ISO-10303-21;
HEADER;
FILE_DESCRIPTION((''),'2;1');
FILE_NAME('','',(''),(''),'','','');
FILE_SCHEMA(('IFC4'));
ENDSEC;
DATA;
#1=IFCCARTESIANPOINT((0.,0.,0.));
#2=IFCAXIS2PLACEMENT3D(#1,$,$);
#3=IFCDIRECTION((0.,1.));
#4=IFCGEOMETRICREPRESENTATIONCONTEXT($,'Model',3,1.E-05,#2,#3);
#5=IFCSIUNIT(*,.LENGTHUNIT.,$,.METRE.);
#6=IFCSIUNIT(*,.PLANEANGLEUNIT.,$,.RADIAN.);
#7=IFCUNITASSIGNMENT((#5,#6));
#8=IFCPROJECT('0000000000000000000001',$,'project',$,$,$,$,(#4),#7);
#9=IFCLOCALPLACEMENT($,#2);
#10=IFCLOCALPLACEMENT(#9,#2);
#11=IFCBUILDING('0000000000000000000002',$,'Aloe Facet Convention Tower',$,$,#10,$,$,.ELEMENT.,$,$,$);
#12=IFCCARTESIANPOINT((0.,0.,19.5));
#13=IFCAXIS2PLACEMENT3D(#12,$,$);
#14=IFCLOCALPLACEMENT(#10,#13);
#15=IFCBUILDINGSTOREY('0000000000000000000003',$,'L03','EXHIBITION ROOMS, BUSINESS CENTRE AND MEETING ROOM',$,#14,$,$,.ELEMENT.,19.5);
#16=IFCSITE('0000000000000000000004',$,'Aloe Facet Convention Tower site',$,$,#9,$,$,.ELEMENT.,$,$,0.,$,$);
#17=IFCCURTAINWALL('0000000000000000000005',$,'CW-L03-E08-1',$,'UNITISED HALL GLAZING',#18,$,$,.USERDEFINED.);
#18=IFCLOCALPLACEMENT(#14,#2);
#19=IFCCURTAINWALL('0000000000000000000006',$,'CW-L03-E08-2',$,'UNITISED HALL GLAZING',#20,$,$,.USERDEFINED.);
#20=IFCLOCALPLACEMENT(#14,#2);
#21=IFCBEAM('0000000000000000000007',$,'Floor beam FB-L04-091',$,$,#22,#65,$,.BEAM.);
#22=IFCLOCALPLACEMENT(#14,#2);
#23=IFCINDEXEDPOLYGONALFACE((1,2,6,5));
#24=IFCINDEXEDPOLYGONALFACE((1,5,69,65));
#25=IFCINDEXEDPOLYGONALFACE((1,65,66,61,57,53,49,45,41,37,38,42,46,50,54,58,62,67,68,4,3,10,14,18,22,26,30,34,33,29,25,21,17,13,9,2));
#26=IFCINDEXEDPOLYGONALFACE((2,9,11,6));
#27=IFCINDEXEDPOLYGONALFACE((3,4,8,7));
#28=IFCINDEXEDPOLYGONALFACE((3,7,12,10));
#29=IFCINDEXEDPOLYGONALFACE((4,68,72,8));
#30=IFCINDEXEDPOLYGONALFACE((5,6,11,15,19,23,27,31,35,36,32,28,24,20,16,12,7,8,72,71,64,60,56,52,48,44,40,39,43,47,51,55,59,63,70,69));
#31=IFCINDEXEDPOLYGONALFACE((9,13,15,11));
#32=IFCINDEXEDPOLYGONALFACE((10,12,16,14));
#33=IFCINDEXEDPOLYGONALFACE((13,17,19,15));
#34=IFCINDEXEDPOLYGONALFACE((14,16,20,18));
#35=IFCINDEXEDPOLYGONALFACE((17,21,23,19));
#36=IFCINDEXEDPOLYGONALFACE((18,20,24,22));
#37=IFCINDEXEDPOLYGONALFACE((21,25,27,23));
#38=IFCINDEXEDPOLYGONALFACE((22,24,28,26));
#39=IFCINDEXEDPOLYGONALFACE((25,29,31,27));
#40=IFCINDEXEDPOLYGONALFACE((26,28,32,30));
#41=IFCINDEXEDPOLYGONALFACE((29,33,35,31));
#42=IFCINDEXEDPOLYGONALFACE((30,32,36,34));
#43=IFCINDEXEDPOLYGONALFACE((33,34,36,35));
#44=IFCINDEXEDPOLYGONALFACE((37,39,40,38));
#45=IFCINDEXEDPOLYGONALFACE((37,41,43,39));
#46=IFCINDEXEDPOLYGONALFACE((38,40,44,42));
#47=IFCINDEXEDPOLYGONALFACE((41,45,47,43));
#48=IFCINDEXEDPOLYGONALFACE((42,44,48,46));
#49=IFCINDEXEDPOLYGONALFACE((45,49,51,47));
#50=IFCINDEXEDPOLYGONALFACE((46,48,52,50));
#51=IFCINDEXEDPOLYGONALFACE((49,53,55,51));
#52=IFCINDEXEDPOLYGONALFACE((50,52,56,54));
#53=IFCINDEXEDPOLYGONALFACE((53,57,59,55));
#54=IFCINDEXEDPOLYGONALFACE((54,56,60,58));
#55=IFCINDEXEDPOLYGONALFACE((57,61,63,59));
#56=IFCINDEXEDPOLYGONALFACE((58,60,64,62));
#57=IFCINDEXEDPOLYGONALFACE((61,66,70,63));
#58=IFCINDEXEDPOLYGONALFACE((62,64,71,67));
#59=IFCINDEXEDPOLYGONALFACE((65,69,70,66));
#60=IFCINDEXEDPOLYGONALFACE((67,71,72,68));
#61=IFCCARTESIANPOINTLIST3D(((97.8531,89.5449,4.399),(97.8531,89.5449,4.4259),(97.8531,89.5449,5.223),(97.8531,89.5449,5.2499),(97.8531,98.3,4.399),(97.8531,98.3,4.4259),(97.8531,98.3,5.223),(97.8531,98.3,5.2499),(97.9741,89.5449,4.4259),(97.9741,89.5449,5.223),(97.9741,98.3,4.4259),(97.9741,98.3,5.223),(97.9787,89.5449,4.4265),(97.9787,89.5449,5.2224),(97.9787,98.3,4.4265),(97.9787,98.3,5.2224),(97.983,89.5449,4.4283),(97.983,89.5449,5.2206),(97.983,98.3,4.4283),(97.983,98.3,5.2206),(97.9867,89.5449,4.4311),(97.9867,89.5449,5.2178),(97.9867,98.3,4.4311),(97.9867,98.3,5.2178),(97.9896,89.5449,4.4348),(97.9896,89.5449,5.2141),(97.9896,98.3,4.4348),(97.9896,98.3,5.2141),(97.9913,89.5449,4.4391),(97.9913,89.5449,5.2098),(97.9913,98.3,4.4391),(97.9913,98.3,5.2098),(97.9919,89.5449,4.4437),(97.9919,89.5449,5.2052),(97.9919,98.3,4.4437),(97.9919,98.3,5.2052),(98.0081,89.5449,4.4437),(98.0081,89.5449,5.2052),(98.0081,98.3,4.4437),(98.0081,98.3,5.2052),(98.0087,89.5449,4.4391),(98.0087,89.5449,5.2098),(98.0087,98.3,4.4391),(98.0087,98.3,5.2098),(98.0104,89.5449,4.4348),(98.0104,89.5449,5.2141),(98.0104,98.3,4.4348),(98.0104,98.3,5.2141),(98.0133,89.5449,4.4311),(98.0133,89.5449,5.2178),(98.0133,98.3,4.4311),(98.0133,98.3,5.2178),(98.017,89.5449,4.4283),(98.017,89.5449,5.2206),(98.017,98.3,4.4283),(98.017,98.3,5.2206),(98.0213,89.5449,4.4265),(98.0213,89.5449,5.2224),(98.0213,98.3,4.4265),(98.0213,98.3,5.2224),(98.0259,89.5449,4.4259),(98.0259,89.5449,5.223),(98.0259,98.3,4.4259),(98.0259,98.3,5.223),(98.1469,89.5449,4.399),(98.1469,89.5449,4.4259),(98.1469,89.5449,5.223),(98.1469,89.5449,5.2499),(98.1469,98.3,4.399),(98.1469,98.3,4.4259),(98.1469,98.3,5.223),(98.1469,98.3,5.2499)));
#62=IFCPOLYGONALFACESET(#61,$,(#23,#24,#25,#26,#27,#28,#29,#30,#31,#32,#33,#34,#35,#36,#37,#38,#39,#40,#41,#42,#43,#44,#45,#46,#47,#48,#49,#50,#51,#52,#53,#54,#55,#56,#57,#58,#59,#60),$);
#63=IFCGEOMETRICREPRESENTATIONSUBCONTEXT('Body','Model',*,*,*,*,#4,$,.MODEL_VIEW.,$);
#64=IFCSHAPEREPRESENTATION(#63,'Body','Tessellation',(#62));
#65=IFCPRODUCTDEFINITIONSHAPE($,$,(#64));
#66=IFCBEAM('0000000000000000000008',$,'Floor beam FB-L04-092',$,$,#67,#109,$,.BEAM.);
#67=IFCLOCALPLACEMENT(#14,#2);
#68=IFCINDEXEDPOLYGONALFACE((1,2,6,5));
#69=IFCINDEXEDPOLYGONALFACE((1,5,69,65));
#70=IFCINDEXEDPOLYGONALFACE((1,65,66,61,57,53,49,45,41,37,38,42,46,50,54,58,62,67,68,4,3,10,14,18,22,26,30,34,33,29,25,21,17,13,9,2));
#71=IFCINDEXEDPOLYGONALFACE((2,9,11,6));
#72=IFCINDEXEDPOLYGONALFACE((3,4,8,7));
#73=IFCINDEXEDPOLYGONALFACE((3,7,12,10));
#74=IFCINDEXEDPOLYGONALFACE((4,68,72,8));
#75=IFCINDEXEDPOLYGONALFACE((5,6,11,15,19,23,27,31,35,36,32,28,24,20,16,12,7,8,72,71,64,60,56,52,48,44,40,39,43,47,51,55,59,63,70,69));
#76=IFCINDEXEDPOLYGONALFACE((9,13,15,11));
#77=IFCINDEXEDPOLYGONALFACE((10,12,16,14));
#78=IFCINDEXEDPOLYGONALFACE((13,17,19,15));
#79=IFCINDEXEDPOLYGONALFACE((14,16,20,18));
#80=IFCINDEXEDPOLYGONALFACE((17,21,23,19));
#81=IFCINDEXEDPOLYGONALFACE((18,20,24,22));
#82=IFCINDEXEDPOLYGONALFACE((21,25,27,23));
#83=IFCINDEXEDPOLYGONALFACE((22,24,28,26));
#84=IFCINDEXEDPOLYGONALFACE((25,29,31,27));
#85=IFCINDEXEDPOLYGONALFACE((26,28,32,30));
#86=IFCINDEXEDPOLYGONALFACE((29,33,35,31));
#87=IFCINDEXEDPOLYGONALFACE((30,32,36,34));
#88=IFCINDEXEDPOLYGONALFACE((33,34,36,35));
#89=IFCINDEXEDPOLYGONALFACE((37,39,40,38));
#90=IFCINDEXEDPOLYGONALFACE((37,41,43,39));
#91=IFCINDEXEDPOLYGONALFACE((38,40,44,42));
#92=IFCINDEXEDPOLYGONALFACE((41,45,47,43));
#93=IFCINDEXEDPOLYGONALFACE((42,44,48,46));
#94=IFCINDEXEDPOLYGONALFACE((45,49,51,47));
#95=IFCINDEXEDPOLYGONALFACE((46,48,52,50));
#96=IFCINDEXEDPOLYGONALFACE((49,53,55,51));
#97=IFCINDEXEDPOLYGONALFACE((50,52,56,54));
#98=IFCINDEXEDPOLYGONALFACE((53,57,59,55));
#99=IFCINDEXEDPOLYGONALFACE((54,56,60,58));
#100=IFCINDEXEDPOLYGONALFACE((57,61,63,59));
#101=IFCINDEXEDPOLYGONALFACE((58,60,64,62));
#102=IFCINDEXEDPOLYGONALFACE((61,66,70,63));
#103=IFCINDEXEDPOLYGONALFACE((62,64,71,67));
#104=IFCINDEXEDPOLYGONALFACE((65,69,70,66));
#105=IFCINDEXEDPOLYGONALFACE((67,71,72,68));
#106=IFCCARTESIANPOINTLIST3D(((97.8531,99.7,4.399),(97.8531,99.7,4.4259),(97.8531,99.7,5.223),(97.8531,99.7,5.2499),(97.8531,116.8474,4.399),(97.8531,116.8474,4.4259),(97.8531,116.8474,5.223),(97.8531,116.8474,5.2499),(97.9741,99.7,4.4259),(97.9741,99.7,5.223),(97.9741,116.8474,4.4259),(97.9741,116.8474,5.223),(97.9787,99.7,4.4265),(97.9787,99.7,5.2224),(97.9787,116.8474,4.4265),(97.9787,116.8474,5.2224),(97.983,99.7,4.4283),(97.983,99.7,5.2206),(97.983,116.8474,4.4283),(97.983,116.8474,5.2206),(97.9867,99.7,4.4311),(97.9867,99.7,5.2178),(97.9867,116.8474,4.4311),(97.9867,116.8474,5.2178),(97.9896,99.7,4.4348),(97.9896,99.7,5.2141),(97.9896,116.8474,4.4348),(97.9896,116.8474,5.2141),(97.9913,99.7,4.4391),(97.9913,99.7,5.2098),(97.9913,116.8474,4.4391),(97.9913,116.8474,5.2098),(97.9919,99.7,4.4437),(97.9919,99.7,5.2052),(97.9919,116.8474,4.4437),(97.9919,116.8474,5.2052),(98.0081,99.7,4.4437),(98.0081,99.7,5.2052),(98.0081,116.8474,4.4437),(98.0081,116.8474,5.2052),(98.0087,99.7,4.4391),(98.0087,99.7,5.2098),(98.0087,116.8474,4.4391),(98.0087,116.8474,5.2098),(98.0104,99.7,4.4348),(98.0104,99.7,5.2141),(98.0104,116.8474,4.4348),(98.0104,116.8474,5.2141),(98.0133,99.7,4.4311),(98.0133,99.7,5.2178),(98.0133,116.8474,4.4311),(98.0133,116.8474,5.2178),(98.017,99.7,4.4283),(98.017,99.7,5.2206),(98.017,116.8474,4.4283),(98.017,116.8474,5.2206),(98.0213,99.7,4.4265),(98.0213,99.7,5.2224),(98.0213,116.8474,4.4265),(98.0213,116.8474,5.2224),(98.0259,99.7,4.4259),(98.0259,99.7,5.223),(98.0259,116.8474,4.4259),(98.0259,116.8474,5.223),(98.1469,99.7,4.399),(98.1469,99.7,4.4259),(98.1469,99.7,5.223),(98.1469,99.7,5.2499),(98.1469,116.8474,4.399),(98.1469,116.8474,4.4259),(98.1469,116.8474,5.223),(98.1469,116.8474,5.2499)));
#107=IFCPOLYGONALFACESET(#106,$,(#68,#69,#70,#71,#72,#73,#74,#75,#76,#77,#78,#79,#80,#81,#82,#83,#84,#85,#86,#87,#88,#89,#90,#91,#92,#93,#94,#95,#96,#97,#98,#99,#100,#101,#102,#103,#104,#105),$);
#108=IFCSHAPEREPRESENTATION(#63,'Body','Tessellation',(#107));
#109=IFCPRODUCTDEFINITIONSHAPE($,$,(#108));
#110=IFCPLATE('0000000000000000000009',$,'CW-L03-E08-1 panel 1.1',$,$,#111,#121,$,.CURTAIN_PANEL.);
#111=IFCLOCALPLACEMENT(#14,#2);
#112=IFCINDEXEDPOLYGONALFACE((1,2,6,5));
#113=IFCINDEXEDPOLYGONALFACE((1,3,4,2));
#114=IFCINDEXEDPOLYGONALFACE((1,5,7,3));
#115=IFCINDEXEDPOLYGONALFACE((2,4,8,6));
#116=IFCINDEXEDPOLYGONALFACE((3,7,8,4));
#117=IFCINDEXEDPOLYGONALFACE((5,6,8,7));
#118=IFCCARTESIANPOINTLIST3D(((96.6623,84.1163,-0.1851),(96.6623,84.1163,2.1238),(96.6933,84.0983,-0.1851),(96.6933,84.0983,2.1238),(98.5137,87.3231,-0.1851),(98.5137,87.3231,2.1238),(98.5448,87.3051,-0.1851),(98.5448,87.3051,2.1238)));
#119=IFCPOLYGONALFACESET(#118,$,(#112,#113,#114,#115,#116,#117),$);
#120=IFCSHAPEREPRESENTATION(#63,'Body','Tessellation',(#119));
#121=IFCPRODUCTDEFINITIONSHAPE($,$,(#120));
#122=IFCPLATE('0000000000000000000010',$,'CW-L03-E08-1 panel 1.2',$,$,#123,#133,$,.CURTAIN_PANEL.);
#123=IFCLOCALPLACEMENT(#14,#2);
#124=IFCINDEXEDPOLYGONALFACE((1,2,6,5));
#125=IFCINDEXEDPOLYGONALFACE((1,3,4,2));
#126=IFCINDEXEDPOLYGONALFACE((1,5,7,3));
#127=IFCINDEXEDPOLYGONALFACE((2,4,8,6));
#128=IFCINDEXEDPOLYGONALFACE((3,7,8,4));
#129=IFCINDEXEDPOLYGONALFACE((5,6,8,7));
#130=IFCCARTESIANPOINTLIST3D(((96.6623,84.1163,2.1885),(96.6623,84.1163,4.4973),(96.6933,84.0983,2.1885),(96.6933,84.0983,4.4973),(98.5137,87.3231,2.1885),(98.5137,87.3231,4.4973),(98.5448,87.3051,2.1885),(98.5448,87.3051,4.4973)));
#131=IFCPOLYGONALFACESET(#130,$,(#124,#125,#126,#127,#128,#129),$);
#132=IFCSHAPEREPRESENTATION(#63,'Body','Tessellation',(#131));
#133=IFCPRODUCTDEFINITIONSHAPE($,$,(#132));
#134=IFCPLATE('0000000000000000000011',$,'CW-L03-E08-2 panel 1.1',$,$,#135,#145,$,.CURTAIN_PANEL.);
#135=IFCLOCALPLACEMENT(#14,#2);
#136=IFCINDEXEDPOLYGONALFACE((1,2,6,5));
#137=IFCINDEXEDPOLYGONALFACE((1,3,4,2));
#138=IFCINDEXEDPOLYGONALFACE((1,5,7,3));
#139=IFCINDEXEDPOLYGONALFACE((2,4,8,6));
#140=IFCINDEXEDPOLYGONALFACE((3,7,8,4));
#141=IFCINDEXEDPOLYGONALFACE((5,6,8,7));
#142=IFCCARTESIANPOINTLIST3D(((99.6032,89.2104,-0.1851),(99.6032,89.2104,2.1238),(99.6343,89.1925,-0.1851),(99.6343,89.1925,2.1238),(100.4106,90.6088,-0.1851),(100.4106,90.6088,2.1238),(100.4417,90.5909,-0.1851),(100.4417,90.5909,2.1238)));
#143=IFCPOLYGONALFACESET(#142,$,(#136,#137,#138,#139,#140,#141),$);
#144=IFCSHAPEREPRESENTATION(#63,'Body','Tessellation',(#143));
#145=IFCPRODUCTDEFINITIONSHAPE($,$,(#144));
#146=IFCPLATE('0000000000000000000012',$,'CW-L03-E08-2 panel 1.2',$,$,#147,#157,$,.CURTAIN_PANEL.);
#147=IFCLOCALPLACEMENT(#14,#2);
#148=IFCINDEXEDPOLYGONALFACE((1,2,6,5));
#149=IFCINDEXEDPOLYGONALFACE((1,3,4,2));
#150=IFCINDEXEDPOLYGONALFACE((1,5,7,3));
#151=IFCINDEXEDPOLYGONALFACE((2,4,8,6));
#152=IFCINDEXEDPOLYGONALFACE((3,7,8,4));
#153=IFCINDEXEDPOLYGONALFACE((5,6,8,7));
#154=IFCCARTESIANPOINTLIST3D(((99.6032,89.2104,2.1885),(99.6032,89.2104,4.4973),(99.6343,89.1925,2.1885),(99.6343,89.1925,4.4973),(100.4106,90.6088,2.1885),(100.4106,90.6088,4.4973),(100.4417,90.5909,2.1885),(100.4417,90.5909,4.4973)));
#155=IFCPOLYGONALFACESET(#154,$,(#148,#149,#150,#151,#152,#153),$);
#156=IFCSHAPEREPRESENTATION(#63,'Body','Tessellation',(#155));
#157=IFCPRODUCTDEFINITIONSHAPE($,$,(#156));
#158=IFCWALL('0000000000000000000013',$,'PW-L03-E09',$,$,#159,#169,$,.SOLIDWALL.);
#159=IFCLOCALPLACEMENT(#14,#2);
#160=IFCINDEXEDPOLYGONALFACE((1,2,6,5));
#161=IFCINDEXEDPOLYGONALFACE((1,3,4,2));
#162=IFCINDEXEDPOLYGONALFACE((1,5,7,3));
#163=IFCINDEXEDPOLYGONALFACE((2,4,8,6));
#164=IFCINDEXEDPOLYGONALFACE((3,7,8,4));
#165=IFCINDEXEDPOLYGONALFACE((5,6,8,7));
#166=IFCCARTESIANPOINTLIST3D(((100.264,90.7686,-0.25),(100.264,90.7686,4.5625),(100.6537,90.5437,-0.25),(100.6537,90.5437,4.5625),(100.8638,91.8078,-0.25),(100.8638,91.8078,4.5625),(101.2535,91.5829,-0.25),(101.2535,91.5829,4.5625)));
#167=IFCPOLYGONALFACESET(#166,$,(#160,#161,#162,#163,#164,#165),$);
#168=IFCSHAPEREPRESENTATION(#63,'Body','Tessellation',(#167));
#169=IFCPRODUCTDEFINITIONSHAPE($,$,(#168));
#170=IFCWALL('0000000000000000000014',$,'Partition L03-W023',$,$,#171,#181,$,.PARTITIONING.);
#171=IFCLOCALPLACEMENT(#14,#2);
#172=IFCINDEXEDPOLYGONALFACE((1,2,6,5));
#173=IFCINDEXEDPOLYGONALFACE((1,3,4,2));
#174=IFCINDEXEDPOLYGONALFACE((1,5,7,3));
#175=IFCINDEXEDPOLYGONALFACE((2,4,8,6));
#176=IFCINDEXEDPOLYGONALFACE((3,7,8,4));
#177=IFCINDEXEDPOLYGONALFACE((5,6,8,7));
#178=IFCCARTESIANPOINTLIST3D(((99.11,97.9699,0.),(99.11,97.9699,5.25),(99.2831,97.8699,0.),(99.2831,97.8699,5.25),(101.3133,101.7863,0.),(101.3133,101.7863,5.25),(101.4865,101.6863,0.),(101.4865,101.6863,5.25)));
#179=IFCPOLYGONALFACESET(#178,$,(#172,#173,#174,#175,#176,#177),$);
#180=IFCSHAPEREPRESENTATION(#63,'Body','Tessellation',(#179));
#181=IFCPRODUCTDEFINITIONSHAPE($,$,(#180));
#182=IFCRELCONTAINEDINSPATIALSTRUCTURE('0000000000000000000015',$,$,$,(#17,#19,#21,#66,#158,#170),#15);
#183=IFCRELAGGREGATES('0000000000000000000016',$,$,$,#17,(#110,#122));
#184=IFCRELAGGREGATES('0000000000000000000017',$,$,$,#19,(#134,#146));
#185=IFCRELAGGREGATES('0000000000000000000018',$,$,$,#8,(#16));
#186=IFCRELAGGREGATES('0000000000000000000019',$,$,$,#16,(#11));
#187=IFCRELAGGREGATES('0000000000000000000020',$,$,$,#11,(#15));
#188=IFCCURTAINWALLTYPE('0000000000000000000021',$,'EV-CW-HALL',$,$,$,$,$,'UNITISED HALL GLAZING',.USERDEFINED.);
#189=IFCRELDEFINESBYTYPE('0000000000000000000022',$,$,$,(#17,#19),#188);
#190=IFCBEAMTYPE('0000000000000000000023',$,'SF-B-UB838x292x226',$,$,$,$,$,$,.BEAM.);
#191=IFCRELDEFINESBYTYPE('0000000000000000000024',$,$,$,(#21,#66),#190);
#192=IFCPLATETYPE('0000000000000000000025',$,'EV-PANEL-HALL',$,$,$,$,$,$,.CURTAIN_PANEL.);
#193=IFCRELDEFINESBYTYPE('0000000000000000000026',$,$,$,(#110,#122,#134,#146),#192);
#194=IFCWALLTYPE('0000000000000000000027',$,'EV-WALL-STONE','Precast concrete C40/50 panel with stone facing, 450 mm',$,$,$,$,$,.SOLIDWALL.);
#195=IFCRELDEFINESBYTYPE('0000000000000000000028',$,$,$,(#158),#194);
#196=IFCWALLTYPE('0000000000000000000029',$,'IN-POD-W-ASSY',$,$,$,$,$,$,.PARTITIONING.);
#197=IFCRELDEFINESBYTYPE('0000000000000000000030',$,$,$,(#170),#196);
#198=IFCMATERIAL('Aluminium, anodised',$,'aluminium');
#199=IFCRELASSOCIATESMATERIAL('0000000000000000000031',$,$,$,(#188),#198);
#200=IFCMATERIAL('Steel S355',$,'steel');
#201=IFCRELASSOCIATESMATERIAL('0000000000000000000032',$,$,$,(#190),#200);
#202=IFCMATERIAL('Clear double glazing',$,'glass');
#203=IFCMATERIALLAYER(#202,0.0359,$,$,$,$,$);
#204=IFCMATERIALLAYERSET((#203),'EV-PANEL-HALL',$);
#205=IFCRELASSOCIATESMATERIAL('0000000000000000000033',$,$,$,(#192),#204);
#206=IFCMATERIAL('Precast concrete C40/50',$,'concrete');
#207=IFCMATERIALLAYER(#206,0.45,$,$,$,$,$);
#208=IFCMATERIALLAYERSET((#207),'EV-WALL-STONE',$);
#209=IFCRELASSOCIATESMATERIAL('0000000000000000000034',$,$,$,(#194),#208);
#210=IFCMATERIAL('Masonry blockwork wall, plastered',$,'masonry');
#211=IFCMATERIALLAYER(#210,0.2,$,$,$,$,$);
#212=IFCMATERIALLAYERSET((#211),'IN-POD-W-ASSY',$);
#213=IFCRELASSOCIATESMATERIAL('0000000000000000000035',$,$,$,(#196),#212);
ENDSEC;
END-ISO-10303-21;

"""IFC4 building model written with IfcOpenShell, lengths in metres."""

from ifc_helpers import new_model, si_unit, direction, frame, frame_2d, origin, origin_2d, place, context, subcontext, project, spatial, rectangle, i_section, extrude, material, layer, layer_set, material_profile, profile_set, type_object, element, aggregate, save


model = new_model("IFC4")

# Units and contexts
model_context = context("Model", 3, precision=1e-05, world=origin(), true_north=direction((0.0, 1.0)))
body_context = subcontext(model_context, "Body", "Model", "MODEL_VIEW")
ifc_project = project(units=[si_unit("LENGTHUNIT", "METRE"), si_unit("PLANEANGLEUNIT", "RADIAN")], contexts=[model_context])

# Site, building, storey
site_placement = place(None, origin())
site = spatial("IfcSite", under=ifc_project, at=site_placement, Name="Aloe Facet Convention Tower site", CompositionType="ELEMENT", RefElevation=0.0)
building_placement = place(site_placement, origin())
building = spatial("IfcBuilding", under=site, at=building_placement, Name="Aloe Facet Convention Tower", CompositionType="ELEMENT")
storey_placement = place(building_placement, frame((0.0, 0.0, 19.5)))
storey = spatial("IfcBuildingStorey", under=building, at=storey_placement, Name="L03", Description="EXHIBITION ROOMS, BUSINESS CENTRE AND MEETING ROOM", CompositionType="ELEMENT", Elevation=19.5)

# Curtain wall
ifc_material_1 = material(Name="Aluminium, anodised", Category="aluminium")
curtain_wall_type = type_object("IfcCurtainWallType", Name="EV-CW-HALL", ElementType="UNITISED HALL GLAZING", PredefinedType="USERDEFINED", material=ifc_material_1)
curtain_wall_1_placement = place(storey_placement, origin())
curtain_wall_1 = element("IfcCurtainWall", 1, at=curtain_wall_1_placement, inside=storey, type_object=curtain_wall_type, Name="CW-L03-E08-1", ObjectType="UNITISED HALL GLAZING", PredefinedType="USERDEFINED")

# Curtain wall
curtain_wall_2_placement = place(storey_placement, origin())
curtain_wall_2 = element("IfcCurtainWall", 2, at=curtain_wall_2_placement, inside=storey, type_object=curtain_wall_type, Name="CW-L03-E08-2", ObjectType="UNITISED HALL GLAZING", PredefinedType="USERDEFINED")

# Beams
ifc_material_2 = material(Name="Steel S355", Category="steel")
ifc_material_profile_1 = material_profile(ifc_material_2, i_section(OverallWidth=0.2937, OverallDepth=0.8508, WebThickness=0.0161, FlangeThickness=0.0269, FilletRadius=0.0178, at=origin_2d()), Name="UB 838x292x226")
ifc_profile_set_1 = profile_set([ifc_material_profile_1], Name="Steel S355")
beam_type_1 = type_object("IfcBeamType", Name="SF-B-UB838x292x226", PredefinedType="BEAM", material=ifc_profile_set_1)
beam_1_placement = place(storey_placement, frame((98.0, 89.5449, 4.8245), z_axis=(0.0, 1.0, 0.0), x_axis=(-1.0, 0.0, 0.0)))
element("IfcBeam", 3, at=beam_1_placement, inside=storey, type_object=beam_type_1, Name="Floor beam FB-L04-091", PredefinedType="BEAM", context=body_context, shape_type="SweptSolid", body=[
    extrude(i_section(OverallWidth=0.2937, OverallDepth=0.8508, WebThickness=0.0161, FlangeThickness=0.0269, FilletRadius=0.0178, at=origin_2d()), origin(), (0.0, 0.0, 1.0), 8.7551),
])
beam_2_placement = place(storey_placement, frame((98.0, 99.7, 4.8245), z_axis=(0.0, 1.0, 0.0), x_axis=(-1.0, 0.0, 0.0)))
element("IfcBeam", 4, at=beam_2_placement, inside=storey, type_object=beam_type_1, Name="Floor beam FB-L04-092", PredefinedType="BEAM", context=body_context, shape_type="SweptSolid", body=[
    extrude(i_section(OverallWidth=0.2937, OverallDepth=0.8508, WebThickness=0.0161, FlangeThickness=0.0269, FilletRadius=0.0178, at=origin_2d()), origin(), (0.0, 0.0, 1.0), 17.1475),
])

# Plates
ifc_material_3 = material(Name="Clear double glazing", Category="glass")
ifc_layer_1 = layer(ifc_material_3, 0.0359)
ifc_layer_set_1 = layer_set([ifc_layer_1], Name="EV-PANEL-HALL")
plate_type = type_object("IfcPlateType", Name="EV-PANEL-HALL", PredefinedType="CURTAIN_PANEL", material=ifc_layer_set_1)
plate_1_placement = place(storey_placement, frame((97.6035, 85.7107, -0.1851), z_axis=(0.0, 0.0, 1.0), x_axis=(0.5, 0.866025, 0.0)))
plate_1 = element("IfcPlate", 5, at=plate_1_placement, type_object=plate_type, Name="CW-L03-E08-1 panel 1.1", PredefinedType="CURTAIN_PANEL", context=body_context, shape_type="SweptSolid", body=[
    extrude(rectangle(XDim=3.7029, YDim=0.0359, at=origin_2d()), origin(), (0.0, 0.0, 1.0), 2.3088),
])
plate_2_placement = place(storey_placement, frame((97.6035, 85.7107, 2.1885), z_axis=(0.0, 0.0, 1.0), x_axis=(0.5, 0.866025, 0.0)))
plate_2 = element("IfcPlate", 6, at=plate_2_placement, type_object=plate_type, Name="CW-L03-E08-1 panel 1.2", PredefinedType="CURTAIN_PANEL", context=body_context, shape_type="SweptSolid", body=[
    extrude(rectangle(XDim=3.7029, YDim=0.0359, at=origin_2d()), origin(), (0.0, 0.0, 1.0), 2.3088),
])
aggregate(curtain_wall_1, [plate_1, plate_2])
plate_3_placement = place(storey_placement, frame((100.0225, 89.9006, -0.1851), z_axis=(0.0, 0.0, 1.0), x_axis=(0.5, 0.866025, 0.0)))
plate_3 = element("IfcPlate", 7, at=plate_3_placement, type_object=plate_type, Name="CW-L03-E08-2 panel 1.1", PredefinedType="CURTAIN_PANEL", context=body_context, shape_type="SweptSolid", body=[
    extrude(rectangle(XDim=1.6147, YDim=0.0359, at=origin_2d()), origin(), (0.0, 0.0, 1.0), 2.3088),
])
plate_4_placement = place(storey_placement, frame((100.0225, 89.9006, 2.1885), z_axis=(0.0, 0.0, 1.0), x_axis=(0.5, 0.866025, 0.0)))
plate_4 = element("IfcPlate", 8, at=plate_4_placement, type_object=plate_type, Name="CW-L03-E08-2 panel 1.2", PredefinedType="CURTAIN_PANEL", context=body_context, shape_type="SweptSolid", body=[
    extrude(rectangle(XDim=1.6147, YDim=0.0359, at=origin_2d()), origin(), (0.0, 0.0, 1.0), 2.3088),
])
aggregate(curtain_wall_2, [plate_3, plate_4])

# Walls
ifc_material_4 = material(Name="Precast concrete C40/50", Category="concrete")
ifc_layer_2 = layer(ifc_material_4, 0.45)
ifc_layer_set_2 = layer_set([ifc_layer_2], Name="EV-WALL-STONE")
wall_type_1 = type_object("IfcWallType", Name="EV-WALL-STONE", Description="Precast concrete C40/50 panel with stone facing, 450 mm", PredefinedType="SOLIDWALL", material=ifc_layer_set_2)
wall_1_placement = place(storey_placement, frame((100.4587, 90.656, -0.25), z_axis=(0.0, 0.0, 1.0), x_axis=(0.499881, 0.866094, 0.0)))
element("IfcWall", 9, at=wall_1_placement, inside=storey, type_object=wall_type_1, Name="PW-L03-E09", PredefinedType="SOLIDWALL", context=body_context, shape_type="SweptSolid", body=[
    extrude(rectangle(XDim=1.2, YDim=0.45, at=frame_2d((0.6001, 0.0))), origin(), (0.0, 0.0, 1.0), 4.8125),
])
ifc_material_5 = material(Name="Masonry blockwork wall, plastered", Category="masonry")
ifc_layer_3 = layer(ifc_material_5, 0.2)
ifc_layer_set_3 = layer_set([ifc_layer_3], Name="IN-POD-W-ASSY")
wall_type_2 = type_object("IfcWallType", Name="IN-POD-W-ASSY", PredefinedType="PARTITIONING", material=ifc_layer_set_3)
wall_2_placement = place(storey_placement, frame((99.1965, 97.9199, 0.0), z_axis=(0.0, 0.0, 1.0), x_axis=(0.499994, 0.866029, 0.0)))
element("IfcWall", 10, at=wall_2_placement, inside=storey, type_object=wall_type_2, Name="Partition L03-W023", PredefinedType="PARTITIONING", context=body_context, shape_type="SweptSolid", body=[
    extrude(rectangle(XDim=4.4067, YDim=0.2, at=frame_2d((2.2034, 0.0))), origin(), (0.0, 0.0, 1.0), 5.25),
])

save(model, "model.ifc")
